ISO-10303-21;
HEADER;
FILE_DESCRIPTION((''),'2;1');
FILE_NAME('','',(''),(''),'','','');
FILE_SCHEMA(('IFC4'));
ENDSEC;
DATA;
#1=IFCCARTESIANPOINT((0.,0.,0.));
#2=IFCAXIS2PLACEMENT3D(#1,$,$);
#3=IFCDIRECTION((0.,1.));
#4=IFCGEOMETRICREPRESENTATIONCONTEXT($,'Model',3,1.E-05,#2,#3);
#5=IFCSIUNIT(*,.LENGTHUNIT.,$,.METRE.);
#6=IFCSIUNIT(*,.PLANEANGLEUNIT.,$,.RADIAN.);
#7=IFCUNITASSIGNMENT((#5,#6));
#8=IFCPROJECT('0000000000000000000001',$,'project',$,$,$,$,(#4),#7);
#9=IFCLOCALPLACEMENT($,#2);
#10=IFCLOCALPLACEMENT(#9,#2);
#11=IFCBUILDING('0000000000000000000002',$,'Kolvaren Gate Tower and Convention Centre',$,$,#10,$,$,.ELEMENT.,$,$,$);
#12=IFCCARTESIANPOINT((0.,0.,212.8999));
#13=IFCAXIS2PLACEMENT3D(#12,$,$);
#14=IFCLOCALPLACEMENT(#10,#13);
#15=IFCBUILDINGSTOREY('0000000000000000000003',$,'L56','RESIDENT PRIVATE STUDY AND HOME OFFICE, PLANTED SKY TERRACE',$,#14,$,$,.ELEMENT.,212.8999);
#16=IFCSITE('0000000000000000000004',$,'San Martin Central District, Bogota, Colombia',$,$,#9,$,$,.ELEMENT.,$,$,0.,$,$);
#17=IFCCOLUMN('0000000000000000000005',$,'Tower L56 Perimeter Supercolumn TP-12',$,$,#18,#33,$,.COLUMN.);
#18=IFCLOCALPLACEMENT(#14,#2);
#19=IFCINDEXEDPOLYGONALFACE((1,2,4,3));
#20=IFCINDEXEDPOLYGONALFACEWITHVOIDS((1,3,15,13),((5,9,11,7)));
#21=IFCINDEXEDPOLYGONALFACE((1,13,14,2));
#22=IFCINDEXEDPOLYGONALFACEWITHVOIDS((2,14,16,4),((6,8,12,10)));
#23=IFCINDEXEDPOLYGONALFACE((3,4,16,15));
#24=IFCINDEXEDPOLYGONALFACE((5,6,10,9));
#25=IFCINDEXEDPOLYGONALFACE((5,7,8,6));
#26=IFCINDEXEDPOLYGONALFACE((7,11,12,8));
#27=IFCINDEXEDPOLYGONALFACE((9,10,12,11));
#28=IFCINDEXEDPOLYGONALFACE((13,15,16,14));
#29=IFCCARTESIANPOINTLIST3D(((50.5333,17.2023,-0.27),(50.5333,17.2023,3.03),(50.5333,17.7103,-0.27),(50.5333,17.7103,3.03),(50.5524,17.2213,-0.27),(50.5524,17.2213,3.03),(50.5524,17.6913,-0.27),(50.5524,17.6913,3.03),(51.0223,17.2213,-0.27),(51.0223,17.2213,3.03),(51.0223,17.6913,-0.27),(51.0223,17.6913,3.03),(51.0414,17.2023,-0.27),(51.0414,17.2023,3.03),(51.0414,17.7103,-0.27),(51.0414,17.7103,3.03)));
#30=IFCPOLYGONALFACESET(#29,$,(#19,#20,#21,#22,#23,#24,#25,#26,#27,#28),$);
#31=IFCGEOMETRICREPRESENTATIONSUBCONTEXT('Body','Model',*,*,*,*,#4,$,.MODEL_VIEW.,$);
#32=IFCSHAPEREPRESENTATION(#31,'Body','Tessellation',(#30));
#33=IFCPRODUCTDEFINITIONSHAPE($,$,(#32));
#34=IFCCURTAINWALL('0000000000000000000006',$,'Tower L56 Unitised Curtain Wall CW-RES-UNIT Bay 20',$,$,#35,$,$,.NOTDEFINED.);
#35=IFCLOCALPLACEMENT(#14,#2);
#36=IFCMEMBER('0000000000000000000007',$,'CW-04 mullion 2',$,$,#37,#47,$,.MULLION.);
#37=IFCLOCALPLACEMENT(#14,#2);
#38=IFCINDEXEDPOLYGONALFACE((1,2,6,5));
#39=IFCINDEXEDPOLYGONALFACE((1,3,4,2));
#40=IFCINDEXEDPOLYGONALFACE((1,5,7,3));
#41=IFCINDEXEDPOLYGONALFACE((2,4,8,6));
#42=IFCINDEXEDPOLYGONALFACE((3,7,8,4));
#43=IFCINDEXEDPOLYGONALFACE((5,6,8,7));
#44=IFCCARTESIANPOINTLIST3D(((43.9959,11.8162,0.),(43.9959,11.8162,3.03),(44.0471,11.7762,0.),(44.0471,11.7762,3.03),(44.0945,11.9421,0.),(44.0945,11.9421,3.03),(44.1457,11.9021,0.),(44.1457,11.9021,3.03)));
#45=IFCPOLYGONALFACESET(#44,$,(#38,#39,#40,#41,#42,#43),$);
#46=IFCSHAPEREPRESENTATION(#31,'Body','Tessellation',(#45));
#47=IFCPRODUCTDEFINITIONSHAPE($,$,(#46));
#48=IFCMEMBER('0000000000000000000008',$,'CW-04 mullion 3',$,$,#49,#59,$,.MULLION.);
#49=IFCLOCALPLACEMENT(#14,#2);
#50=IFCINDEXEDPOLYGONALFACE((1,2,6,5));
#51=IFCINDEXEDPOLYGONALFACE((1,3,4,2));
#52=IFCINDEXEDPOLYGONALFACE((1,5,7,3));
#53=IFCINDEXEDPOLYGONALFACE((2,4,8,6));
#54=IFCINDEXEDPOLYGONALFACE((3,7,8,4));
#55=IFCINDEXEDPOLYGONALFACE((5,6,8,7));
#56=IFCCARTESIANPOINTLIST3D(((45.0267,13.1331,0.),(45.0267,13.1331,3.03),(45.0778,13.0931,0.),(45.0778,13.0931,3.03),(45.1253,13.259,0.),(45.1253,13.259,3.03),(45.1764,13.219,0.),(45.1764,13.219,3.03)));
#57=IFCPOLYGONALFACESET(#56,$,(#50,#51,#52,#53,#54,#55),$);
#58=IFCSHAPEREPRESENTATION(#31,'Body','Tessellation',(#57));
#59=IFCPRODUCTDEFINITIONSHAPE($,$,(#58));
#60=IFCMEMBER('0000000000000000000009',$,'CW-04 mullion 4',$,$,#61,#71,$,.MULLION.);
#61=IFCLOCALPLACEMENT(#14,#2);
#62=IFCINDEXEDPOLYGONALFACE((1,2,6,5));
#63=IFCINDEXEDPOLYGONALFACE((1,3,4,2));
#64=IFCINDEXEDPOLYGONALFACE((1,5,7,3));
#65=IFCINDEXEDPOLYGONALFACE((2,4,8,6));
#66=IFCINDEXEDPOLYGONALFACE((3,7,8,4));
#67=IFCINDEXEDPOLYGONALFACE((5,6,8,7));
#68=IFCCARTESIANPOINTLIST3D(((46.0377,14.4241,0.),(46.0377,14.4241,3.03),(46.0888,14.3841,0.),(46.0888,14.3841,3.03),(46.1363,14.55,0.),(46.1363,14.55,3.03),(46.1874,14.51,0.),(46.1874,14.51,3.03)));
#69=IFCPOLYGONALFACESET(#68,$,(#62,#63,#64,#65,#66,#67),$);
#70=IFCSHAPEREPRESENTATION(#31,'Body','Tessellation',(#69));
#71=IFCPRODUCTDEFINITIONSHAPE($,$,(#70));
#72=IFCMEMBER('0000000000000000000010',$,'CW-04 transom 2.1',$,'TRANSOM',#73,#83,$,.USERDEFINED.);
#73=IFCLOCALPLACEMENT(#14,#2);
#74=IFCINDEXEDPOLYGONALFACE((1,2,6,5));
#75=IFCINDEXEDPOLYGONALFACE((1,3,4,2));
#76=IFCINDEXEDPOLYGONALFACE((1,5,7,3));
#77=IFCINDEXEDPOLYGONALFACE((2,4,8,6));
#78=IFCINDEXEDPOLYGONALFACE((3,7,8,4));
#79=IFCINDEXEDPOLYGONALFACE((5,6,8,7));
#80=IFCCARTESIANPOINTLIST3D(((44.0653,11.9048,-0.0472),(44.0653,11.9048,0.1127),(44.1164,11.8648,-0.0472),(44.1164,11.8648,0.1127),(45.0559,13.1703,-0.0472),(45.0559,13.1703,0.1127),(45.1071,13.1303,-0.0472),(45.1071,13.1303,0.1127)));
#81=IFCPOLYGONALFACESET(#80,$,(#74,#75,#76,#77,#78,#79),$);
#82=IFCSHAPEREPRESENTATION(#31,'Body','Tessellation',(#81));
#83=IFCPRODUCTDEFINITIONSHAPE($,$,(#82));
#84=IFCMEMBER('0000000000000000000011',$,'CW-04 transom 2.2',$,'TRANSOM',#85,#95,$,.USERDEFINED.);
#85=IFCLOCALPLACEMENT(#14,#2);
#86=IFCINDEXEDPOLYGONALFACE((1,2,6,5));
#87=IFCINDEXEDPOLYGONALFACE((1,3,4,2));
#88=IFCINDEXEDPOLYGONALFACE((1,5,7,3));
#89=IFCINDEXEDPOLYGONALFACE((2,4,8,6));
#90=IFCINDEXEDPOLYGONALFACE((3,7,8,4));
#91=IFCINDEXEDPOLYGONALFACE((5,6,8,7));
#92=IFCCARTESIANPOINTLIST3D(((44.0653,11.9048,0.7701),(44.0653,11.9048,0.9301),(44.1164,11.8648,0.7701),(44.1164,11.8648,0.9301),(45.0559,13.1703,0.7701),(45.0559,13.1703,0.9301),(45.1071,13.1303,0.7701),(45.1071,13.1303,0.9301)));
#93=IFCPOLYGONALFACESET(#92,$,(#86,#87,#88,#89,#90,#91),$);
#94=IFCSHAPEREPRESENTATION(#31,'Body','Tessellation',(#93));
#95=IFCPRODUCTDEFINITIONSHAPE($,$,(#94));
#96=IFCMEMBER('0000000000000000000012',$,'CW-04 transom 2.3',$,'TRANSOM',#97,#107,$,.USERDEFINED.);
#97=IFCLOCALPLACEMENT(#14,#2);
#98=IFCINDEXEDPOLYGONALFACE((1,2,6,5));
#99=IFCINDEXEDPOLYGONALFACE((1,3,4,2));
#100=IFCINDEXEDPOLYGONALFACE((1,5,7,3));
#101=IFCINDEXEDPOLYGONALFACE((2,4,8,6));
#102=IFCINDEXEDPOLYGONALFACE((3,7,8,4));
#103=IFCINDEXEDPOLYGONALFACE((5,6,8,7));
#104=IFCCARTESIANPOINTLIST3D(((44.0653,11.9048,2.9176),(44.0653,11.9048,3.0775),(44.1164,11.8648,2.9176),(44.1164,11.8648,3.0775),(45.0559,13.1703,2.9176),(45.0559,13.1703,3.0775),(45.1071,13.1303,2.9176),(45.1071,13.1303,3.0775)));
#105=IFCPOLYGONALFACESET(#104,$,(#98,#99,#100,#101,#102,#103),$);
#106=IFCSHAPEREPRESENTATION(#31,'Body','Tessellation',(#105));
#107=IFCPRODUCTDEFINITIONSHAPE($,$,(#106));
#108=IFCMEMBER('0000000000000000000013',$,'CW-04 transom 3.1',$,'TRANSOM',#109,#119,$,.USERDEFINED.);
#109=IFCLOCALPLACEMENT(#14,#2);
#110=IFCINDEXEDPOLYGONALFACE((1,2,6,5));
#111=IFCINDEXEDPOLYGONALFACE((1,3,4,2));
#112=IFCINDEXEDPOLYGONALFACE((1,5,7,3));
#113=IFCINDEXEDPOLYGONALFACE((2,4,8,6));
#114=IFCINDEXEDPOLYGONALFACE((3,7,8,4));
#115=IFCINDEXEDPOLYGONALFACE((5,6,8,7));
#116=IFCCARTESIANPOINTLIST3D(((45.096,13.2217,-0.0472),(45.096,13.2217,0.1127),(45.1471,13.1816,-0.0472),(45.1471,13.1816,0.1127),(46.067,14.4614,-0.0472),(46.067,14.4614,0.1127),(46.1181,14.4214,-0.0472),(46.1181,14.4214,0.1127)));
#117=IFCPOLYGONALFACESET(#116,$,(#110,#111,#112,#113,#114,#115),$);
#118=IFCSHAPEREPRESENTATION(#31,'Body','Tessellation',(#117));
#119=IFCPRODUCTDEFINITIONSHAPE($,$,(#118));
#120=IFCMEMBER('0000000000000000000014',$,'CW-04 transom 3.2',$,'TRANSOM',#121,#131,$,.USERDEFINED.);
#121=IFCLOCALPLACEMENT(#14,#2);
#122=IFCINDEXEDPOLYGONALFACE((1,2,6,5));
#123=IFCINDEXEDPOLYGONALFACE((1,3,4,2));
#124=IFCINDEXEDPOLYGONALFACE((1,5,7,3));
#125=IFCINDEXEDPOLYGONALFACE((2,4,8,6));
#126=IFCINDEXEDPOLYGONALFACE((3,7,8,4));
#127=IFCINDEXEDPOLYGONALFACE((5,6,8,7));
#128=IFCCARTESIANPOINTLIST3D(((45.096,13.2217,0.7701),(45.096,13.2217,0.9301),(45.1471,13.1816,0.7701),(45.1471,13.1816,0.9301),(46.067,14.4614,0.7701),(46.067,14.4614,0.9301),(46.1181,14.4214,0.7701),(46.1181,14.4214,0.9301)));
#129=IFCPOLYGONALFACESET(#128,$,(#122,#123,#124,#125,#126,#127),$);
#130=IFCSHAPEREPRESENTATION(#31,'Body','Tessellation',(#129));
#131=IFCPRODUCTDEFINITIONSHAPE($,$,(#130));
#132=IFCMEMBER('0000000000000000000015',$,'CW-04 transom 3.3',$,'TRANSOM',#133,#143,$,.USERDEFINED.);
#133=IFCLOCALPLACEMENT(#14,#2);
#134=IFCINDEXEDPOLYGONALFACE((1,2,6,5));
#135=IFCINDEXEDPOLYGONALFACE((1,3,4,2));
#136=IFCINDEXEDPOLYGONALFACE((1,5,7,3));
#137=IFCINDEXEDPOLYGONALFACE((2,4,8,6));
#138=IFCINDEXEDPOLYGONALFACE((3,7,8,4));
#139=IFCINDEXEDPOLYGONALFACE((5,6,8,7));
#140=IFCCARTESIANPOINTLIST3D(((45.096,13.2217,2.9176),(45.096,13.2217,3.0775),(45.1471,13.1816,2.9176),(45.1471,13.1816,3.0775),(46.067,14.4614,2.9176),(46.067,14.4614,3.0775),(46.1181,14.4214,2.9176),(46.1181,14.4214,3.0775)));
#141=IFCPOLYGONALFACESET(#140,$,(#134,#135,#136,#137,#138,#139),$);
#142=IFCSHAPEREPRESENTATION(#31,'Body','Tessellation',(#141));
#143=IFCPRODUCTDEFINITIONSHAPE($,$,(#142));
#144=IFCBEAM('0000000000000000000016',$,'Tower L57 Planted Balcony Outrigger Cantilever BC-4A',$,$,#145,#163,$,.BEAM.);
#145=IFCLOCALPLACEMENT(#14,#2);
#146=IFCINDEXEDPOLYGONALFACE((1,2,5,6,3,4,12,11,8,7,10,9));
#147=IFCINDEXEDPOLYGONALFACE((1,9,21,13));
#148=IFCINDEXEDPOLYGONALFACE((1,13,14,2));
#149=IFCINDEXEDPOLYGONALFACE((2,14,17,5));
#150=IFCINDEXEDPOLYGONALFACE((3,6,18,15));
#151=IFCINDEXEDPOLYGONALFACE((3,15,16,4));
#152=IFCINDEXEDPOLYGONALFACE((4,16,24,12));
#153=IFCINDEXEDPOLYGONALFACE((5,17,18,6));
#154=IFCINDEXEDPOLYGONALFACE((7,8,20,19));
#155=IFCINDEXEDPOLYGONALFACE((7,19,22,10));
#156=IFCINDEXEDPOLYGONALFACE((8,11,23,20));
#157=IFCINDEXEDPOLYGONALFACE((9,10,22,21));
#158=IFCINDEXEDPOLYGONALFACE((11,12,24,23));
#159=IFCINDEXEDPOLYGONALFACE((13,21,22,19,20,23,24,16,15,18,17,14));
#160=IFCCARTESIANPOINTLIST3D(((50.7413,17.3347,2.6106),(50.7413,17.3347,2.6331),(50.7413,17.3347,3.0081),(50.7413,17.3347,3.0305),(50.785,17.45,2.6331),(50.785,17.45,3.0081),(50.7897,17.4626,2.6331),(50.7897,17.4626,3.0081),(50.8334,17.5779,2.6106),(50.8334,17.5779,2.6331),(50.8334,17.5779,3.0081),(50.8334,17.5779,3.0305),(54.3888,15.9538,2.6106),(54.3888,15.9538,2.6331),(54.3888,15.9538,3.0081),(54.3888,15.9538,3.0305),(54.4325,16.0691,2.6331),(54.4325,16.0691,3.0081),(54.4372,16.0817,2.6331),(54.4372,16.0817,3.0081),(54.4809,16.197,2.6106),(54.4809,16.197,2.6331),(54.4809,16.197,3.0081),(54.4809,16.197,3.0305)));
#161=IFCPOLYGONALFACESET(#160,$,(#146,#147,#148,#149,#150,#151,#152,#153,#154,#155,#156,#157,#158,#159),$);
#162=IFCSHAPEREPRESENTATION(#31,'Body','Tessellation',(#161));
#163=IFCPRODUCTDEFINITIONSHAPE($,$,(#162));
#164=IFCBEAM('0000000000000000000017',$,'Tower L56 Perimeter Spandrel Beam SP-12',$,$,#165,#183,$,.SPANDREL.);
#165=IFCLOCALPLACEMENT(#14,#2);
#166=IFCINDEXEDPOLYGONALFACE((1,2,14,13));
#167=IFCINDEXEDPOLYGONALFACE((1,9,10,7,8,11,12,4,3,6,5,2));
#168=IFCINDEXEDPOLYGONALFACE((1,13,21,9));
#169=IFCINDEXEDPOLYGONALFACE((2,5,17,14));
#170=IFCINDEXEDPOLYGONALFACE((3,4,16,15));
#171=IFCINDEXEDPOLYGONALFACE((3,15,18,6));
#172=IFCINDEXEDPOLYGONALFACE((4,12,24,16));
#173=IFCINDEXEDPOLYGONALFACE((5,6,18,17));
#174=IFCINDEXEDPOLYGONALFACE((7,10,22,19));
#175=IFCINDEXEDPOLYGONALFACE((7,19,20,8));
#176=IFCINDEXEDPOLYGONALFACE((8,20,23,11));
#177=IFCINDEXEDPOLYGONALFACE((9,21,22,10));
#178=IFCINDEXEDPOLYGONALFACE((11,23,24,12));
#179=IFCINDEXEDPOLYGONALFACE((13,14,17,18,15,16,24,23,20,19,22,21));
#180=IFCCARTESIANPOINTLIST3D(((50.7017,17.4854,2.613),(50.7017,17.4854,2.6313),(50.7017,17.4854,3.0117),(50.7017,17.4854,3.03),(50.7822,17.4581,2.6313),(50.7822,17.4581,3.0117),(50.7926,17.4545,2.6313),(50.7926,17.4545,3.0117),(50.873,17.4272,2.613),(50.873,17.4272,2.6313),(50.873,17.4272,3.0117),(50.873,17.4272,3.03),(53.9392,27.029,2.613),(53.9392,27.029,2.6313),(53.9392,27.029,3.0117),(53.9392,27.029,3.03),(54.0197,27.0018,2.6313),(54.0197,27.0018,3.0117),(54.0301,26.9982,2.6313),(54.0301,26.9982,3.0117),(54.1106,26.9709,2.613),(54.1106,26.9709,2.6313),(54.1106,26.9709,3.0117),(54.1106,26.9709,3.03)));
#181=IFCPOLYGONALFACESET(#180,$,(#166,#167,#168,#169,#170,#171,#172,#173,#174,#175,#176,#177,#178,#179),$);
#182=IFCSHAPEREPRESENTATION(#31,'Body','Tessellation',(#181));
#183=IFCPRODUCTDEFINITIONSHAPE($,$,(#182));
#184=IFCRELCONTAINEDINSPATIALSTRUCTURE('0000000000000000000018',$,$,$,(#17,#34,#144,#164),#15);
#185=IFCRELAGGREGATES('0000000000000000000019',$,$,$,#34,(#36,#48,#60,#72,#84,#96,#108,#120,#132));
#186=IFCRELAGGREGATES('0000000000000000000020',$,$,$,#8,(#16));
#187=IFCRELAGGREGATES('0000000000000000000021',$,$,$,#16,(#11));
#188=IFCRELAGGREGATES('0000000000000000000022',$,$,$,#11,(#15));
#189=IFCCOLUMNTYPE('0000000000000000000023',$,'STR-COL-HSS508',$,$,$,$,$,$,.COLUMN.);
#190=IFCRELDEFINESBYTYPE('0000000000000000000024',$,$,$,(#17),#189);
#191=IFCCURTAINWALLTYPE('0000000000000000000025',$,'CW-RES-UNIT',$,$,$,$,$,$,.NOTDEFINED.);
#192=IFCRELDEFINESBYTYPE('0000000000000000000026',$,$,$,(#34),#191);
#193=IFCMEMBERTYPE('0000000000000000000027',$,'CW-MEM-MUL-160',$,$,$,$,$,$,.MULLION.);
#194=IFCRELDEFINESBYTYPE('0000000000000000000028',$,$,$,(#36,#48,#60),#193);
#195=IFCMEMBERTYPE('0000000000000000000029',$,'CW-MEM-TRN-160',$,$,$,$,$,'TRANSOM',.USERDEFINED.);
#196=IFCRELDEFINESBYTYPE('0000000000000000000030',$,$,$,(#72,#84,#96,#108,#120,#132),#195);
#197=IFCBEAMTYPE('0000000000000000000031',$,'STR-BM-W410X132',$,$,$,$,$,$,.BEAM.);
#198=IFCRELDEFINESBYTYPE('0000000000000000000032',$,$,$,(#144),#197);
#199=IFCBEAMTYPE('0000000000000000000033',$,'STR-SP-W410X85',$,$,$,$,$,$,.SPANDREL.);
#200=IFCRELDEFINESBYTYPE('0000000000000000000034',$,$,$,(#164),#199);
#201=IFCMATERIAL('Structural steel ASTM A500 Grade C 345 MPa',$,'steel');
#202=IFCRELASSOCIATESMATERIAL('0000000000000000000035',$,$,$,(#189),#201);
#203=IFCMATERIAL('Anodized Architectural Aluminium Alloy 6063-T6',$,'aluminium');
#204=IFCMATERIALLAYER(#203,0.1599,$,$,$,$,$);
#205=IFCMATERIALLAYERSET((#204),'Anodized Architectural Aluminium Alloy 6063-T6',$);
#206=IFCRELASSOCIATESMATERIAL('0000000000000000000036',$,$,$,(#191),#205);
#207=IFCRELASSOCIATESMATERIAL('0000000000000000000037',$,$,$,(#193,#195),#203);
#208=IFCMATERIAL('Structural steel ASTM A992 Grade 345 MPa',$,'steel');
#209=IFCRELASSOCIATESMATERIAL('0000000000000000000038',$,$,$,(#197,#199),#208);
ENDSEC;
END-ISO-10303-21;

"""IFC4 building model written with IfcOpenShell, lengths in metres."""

from ifc_helpers import new_model, si_unit, direction, frame, origin, origin_2d, place, context, subcontext, project, spatial, rectangle, hollow_rectangle, i_section, extrude, material, layer, layer_set, material_profile, profile_set, type_object, element, aggregate, save


model = new_model("IFC4")

# Units and contexts
model_context = context("Model", 3, precision=1e-05, world=origin(), true_north=direction((0.0, 1.0)))
body_context = subcontext(model_context, "Body", "Model", "MODEL_VIEW")
ifc_project = project(units=[si_unit("LENGTHUNIT", "METRE"), si_unit("PLANEANGLEUNIT", "RADIAN")], contexts=[model_context])

# Site, building, storey
site_placement = place(None, origin())
site = spatial("IfcSite", under=ifc_project, at=site_placement, Name="San Martin Central District, Bogota, Colombia", CompositionType="ELEMENT", RefElevation=0.0)
building_placement = place(site_placement, origin())
building = spatial("IfcBuilding", under=site, at=building_placement, Name="Kolvaren Gate Tower and Convention Centre", CompositionType="ELEMENT")
storey_placement = place(building_placement, frame((0.0, 0.0, 212.8999)))
storey = spatial("IfcBuildingStorey", under=building, at=storey_placement, Name="L56", Description="RESIDENT PRIVATE STUDY AND HOME OFFICE, PLANTED SKY TERRACE", CompositionType="ELEMENT", Elevation=212.8999)

# Column
ifc_material_1 = material(Name="Structural steel ASTM A500 Grade C 345 MPa", Category="steel")
ifc_material_profile_1 = material_profile(ifc_material_1, hollow_rectangle(XDim=0.5081, YDim=0.5081, WallThickness=0.019, at=origin_2d()), Name="HSS508X508X19.1")
ifc_profile_set_1 = profile_set([ifc_material_profile_1], Name="Structural steel ASTM A500 Grade C 345 MPa")
column_type = type_object("IfcColumnType", Name="STR-COL-HSS508", PredefinedType="COLUMN", material=ifc_profile_set_1)
column_placement = place(storey_placement, frame((50.7874, 17.4563, -0.27), z_axis=(0.0, 0.0, 1.0), x_axis=(1.0, 0.0, 0.0)))
element("IfcColumn", 1, at=column_placement, inside=storey, type_object=column_type, Name="Tower L56 Perimeter Supercolumn TP-12", PredefinedType="COLUMN", context=body_context, shape_type="SweptSolid", body=[
    extrude(hollow_rectangle(XDim=0.5081, YDim=0.5081, WallThickness=0.019, at=origin_2d()), origin(), (0.0, 0.0, 1.0), 3.3),
])

# Curtain wall, members
ifc_material_2 = material(Name="Anodized Architectural Aluminium Alloy 6063-T6", Category="aluminium")
ifc_layer_1 = layer(ifc_material_2, 0.1599)
ifc_layer_set_1 = layer_set([ifc_layer_1], Name="Anodized Architectural Aluminium Alloy 6063-T6")
curtain_wall_type = type_object("IfcCurtainWallType", Name="CW-RES-UNIT", PredefinedType="NOTDEFINED", material=ifc_layer_set_1)
curtain_wall_placement = place(storey_placement, origin())
curtain_wall = element("IfcCurtainWall", 2, at=curtain_wall_placement, inside=storey, type_object=curtain_wall_type, Name="Tower L56 Unitised Curtain Wall CW-RES-UNIT Bay 20", PredefinedType="NOTDEFINED")
ifc_material_profile_2 = material_profile(ifc_material_2, rectangle(XDim=0.0649, YDim=0.1599, at=origin_2d()), Name="CW-MEM-MUL-160")
ifc_profile_set_2 = profile_set([ifc_material_profile_2], Name="Anodized Architectural Aluminium Alloy 6063-T6")
member_type_1 = type_object("IfcMemberType", Name="CW-MEM-MUL-160", PredefinedType="MULLION", material=ifc_profile_set_2)
member_1_placement = place(storey_placement, frame((44.0708, 11.8591, 0.0), z_axis=(0.0, 0.0, 1.0), x_axis=(-0.787404, 0.616437, 0.0)))
member_1 = element("IfcMember", 3, at=member_1_placement, type_object=member_type_1, Name="CW-04 mullion 2", PredefinedType="MULLION", context=body_context, shape_type="SweptSolid", body=[
    extrude(rectangle(XDim=0.0649, YDim=0.1599, at=origin_2d()), origin(), (0.0, 0.0, 1.0), 3.03),
])
member_2_placement = place(storey_placement, frame((45.1016, 13.176, 0.0), z_axis=(0.0, 0.0, 1.0), x_axis=(-0.787404, 0.616437, 0.0)))
member_2 = element("IfcMember", 4, at=member_2_placement, type_object=member_type_1, Name="CW-04 mullion 3", PredefinedType="MULLION", context=body_context, shape_type="SweptSolid", body=[
    extrude(rectangle(XDim=0.0649, YDim=0.1599, at=origin_2d()), origin(), (0.0, 0.0, 1.0), 3.03),
])
member_3_placement = place(storey_placement, frame((46.1125, 14.467, 0.0), z_axis=(0.0, 0.0, 1.0), x_axis=(-0.787404, 0.616437, 0.0)))
member_3 = element("IfcMember", 5, at=member_3_placement, type_object=member_type_1, Name="CW-04 mullion 4", PredefinedType="MULLION", context=body_context, shape_type="SweptSolid", body=[
    extrude(rectangle(XDim=0.0649, YDim=0.1599, at=origin_2d()), origin(), (0.0, 0.0, 1.0), 3.03),
])
ifc_material_profile_3 = material_profile(ifc_material_2, rectangle(XDim=0.0649, YDim=0.1599, at=origin_2d()), Name="CW-MEM-TRN-160")
ifc_profile_set_3 = profile_set([ifc_material_profile_3], Name="Anodized Architectural Aluminium Alloy 6063-T6")
member_type_2 = type_object("IfcMemberType", Name="CW-MEM-TRN-160", ElementType="TRANSOM", PredefinedType="USERDEFINED", material=ifc_profile_set_3)
member_4_placement = place(storey_placement, frame((44.0908, 11.8848, 0.0327), z_axis=(0.616398, 0.787434, 0.0), x_axis=(-0.787434, 0.616398, 0.0)))
member_4 = element("IfcMember", 6, at=member_4_placement, type_object=member_type_2, Name="CW-04 transom 2.1", ObjectType="TRANSOM", PredefinedType="USERDEFINED", context=body_context, shape_type="SweptSolid", body=[
    extrude(rectangle(XDim=0.0649, YDim=0.1599, at=origin_2d()), origin(), (0.0, 0.0, 1.0), 1.6072),
])
member_5_placement = place(storey_placement, frame((44.0908, 11.8848, 0.8501), z_axis=(0.616398, 0.787434, 0.0), x_axis=(-0.787434, 0.616398, 0.0)))
member_5 = element("IfcMember", 7, at=member_5_placement, type_object=member_type_2, Name="CW-04 transom 2.2", ObjectType="TRANSOM", PredefinedType="USERDEFINED", context=body_context, shape_type="SweptSolid", body=[
    extrude(rectangle(XDim=0.0649, YDim=0.1599, at=origin_2d()), origin(), (0.0, 0.0, 1.0), 1.6072),
])
member_6_placement = place(storey_placement, frame((44.0908, 11.8848, 2.9976), z_axis=(0.616398, 0.787434, 0.0), x_axis=(-0.787434, 0.616398, 0.0)))
member_6 = element("IfcMember", 8, at=member_6_placement, type_object=member_type_2, Name="CW-04 transom 2.3", ObjectType="TRANSOM", PredefinedType="USERDEFINED", context=body_context, shape_type="SweptSolid", body=[
    extrude(rectangle(XDim=0.0649, YDim=0.1599, at=origin_2d()), origin(), (0.0, 0.0, 1.0), 1.6072),
])
member_7_placement = place(storey_placement, frame((45.1216, 13.2017, 0.0327), z_axis=(0.616588, 0.787286, 0.0), x_axis=(-0.787286, 0.616588, 0.0)))
member_7 = element("IfcMember", 9, at=member_7_placement, type_object=member_type_2, Name="CW-04 transom 3.1", ObjectType="TRANSOM", PredefinedType="USERDEFINED", context=body_context, shape_type="SweptSolid", body=[
    extrude(rectangle(XDim=0.0649, YDim=0.1599, at=origin_2d()), origin(), (0.0, 0.0, 1.0), 1.5747),
])
member_8_placement = place(storey_placement, frame((45.1216, 13.2017, 0.8501), z_axis=(0.616588, 0.787286, 0.0), x_axis=(-0.787286, 0.616588, 0.0)))
member_8 = element("IfcMember", 10, at=member_8_placement, type_object=member_type_2, Name="CW-04 transom 3.2", ObjectType="TRANSOM", PredefinedType="USERDEFINED", context=body_context, shape_type="SweptSolid", body=[
    extrude(rectangle(XDim=0.0649, YDim=0.1599, at=origin_2d()), origin(), (0.0, 0.0, 1.0), 1.5747),
])
member_9_placement = place(storey_placement, frame((45.1216, 13.2017, 2.9976), z_axis=(0.616588, 0.787286, 0.0), x_axis=(-0.787286, 0.616588, 0.0)))
member_9 = element("IfcMember", 11, at=member_9_placement, type_object=member_type_2, Name="CW-04 transom 3.3", ObjectType="TRANSOM", PredefinedType="USERDEFINED", context=body_context, shape_type="SweptSolid", body=[
    extrude(rectangle(XDim=0.0649, YDim=0.1599, at=origin_2d()), origin(), (0.0, 0.0, 1.0), 1.5747),
])

# Beams
ifc_material_3 = material(Name="Structural steel ASTM A992 Grade 345 MPa", Category="steel")
ifc_material_profile_4 = material_profile(ifc_material_3, i_section(OverallWidth=0.26, OverallDepth=0.4199, WebThickness=0.0134, FlangeThickness=0.0225, at=origin_2d()), Name="W410X132")
ifc_profile_set_4 = profile_set([ifc_material_profile_4], Name="Structural steel ASTM A992 Grade 345 MPa")
beam_type_1 = type_object("IfcBeamType", Name="STR-BM-W410X132", PredefinedType="BEAM", material=ifc_profile_set_4)
beam_1_placement = place(storey_placement, frame((50.7874, 17.4563, 2.8206), z_axis=(0.935224, -0.354058, 0.0), x_axis=(0.354058, 0.935224, 0.0)))
element("IfcBeam", 12, at=beam_1_placement, inside=storey, type_object=beam_type_1, Name="Tower L57 Planted Balcony Outrigger Cantilever BC-4A", PredefinedType="BEAM", context=body_context, shape_type="SweptSolid", body=[
    extrude(i_section(OverallWidth=0.26, OverallDepth=0.4199, WebThickness=0.0134, FlangeThickness=0.0225, at=origin_2d()), origin(), (0.0, 0.0, 1.0), 3.9001),
])
ifc_material_profile_5 = material_profile(ifc_material_3, i_section(OverallWidth=0.1809, OverallDepth=0.417, WebThickness=0.011, FlangeThickness=0.0183, at=origin_2d()), Name="W410X85")
ifc_profile_set_5 = profile_set([ifc_material_profile_5], Name="Structural steel ASTM A992 Grade 345 MPa")
beam_type_2 = type_object("IfcBeamType", Name="STR-SP-W410X85", PredefinedType="SPANDREL", material=ifc_profile_set_5)
beam_2_placement = place(storey_placement, frame((50.7874, 17.4563, 2.8215), z_axis=(0.321253, 0.946994, 0.0), x_axis=(-0.946994, 0.321253, 0.0)))
element("IfcBeam", 13, at=beam_2_placement, inside=storey, type_object=beam_type_2, Name="Tower L56 Perimeter Spandrel Beam SP-12", PredefinedType="SPANDREL", context=body_context, shape_type="SweptSolid", body=[
    extrude(i_section(OverallWidth=0.1809, OverallDepth=0.417, WebThickness=0.011, FlangeThickness=0.0183, at=origin_2d()), origin(), (0.0, 0.0, 1.0), 10.0779),
])

aggregate(curtain_wall, [member_1, member_2, member_3, member_4, member_5, member_6, member_7, member_8, member_9])

save(model, "model.ifc")
